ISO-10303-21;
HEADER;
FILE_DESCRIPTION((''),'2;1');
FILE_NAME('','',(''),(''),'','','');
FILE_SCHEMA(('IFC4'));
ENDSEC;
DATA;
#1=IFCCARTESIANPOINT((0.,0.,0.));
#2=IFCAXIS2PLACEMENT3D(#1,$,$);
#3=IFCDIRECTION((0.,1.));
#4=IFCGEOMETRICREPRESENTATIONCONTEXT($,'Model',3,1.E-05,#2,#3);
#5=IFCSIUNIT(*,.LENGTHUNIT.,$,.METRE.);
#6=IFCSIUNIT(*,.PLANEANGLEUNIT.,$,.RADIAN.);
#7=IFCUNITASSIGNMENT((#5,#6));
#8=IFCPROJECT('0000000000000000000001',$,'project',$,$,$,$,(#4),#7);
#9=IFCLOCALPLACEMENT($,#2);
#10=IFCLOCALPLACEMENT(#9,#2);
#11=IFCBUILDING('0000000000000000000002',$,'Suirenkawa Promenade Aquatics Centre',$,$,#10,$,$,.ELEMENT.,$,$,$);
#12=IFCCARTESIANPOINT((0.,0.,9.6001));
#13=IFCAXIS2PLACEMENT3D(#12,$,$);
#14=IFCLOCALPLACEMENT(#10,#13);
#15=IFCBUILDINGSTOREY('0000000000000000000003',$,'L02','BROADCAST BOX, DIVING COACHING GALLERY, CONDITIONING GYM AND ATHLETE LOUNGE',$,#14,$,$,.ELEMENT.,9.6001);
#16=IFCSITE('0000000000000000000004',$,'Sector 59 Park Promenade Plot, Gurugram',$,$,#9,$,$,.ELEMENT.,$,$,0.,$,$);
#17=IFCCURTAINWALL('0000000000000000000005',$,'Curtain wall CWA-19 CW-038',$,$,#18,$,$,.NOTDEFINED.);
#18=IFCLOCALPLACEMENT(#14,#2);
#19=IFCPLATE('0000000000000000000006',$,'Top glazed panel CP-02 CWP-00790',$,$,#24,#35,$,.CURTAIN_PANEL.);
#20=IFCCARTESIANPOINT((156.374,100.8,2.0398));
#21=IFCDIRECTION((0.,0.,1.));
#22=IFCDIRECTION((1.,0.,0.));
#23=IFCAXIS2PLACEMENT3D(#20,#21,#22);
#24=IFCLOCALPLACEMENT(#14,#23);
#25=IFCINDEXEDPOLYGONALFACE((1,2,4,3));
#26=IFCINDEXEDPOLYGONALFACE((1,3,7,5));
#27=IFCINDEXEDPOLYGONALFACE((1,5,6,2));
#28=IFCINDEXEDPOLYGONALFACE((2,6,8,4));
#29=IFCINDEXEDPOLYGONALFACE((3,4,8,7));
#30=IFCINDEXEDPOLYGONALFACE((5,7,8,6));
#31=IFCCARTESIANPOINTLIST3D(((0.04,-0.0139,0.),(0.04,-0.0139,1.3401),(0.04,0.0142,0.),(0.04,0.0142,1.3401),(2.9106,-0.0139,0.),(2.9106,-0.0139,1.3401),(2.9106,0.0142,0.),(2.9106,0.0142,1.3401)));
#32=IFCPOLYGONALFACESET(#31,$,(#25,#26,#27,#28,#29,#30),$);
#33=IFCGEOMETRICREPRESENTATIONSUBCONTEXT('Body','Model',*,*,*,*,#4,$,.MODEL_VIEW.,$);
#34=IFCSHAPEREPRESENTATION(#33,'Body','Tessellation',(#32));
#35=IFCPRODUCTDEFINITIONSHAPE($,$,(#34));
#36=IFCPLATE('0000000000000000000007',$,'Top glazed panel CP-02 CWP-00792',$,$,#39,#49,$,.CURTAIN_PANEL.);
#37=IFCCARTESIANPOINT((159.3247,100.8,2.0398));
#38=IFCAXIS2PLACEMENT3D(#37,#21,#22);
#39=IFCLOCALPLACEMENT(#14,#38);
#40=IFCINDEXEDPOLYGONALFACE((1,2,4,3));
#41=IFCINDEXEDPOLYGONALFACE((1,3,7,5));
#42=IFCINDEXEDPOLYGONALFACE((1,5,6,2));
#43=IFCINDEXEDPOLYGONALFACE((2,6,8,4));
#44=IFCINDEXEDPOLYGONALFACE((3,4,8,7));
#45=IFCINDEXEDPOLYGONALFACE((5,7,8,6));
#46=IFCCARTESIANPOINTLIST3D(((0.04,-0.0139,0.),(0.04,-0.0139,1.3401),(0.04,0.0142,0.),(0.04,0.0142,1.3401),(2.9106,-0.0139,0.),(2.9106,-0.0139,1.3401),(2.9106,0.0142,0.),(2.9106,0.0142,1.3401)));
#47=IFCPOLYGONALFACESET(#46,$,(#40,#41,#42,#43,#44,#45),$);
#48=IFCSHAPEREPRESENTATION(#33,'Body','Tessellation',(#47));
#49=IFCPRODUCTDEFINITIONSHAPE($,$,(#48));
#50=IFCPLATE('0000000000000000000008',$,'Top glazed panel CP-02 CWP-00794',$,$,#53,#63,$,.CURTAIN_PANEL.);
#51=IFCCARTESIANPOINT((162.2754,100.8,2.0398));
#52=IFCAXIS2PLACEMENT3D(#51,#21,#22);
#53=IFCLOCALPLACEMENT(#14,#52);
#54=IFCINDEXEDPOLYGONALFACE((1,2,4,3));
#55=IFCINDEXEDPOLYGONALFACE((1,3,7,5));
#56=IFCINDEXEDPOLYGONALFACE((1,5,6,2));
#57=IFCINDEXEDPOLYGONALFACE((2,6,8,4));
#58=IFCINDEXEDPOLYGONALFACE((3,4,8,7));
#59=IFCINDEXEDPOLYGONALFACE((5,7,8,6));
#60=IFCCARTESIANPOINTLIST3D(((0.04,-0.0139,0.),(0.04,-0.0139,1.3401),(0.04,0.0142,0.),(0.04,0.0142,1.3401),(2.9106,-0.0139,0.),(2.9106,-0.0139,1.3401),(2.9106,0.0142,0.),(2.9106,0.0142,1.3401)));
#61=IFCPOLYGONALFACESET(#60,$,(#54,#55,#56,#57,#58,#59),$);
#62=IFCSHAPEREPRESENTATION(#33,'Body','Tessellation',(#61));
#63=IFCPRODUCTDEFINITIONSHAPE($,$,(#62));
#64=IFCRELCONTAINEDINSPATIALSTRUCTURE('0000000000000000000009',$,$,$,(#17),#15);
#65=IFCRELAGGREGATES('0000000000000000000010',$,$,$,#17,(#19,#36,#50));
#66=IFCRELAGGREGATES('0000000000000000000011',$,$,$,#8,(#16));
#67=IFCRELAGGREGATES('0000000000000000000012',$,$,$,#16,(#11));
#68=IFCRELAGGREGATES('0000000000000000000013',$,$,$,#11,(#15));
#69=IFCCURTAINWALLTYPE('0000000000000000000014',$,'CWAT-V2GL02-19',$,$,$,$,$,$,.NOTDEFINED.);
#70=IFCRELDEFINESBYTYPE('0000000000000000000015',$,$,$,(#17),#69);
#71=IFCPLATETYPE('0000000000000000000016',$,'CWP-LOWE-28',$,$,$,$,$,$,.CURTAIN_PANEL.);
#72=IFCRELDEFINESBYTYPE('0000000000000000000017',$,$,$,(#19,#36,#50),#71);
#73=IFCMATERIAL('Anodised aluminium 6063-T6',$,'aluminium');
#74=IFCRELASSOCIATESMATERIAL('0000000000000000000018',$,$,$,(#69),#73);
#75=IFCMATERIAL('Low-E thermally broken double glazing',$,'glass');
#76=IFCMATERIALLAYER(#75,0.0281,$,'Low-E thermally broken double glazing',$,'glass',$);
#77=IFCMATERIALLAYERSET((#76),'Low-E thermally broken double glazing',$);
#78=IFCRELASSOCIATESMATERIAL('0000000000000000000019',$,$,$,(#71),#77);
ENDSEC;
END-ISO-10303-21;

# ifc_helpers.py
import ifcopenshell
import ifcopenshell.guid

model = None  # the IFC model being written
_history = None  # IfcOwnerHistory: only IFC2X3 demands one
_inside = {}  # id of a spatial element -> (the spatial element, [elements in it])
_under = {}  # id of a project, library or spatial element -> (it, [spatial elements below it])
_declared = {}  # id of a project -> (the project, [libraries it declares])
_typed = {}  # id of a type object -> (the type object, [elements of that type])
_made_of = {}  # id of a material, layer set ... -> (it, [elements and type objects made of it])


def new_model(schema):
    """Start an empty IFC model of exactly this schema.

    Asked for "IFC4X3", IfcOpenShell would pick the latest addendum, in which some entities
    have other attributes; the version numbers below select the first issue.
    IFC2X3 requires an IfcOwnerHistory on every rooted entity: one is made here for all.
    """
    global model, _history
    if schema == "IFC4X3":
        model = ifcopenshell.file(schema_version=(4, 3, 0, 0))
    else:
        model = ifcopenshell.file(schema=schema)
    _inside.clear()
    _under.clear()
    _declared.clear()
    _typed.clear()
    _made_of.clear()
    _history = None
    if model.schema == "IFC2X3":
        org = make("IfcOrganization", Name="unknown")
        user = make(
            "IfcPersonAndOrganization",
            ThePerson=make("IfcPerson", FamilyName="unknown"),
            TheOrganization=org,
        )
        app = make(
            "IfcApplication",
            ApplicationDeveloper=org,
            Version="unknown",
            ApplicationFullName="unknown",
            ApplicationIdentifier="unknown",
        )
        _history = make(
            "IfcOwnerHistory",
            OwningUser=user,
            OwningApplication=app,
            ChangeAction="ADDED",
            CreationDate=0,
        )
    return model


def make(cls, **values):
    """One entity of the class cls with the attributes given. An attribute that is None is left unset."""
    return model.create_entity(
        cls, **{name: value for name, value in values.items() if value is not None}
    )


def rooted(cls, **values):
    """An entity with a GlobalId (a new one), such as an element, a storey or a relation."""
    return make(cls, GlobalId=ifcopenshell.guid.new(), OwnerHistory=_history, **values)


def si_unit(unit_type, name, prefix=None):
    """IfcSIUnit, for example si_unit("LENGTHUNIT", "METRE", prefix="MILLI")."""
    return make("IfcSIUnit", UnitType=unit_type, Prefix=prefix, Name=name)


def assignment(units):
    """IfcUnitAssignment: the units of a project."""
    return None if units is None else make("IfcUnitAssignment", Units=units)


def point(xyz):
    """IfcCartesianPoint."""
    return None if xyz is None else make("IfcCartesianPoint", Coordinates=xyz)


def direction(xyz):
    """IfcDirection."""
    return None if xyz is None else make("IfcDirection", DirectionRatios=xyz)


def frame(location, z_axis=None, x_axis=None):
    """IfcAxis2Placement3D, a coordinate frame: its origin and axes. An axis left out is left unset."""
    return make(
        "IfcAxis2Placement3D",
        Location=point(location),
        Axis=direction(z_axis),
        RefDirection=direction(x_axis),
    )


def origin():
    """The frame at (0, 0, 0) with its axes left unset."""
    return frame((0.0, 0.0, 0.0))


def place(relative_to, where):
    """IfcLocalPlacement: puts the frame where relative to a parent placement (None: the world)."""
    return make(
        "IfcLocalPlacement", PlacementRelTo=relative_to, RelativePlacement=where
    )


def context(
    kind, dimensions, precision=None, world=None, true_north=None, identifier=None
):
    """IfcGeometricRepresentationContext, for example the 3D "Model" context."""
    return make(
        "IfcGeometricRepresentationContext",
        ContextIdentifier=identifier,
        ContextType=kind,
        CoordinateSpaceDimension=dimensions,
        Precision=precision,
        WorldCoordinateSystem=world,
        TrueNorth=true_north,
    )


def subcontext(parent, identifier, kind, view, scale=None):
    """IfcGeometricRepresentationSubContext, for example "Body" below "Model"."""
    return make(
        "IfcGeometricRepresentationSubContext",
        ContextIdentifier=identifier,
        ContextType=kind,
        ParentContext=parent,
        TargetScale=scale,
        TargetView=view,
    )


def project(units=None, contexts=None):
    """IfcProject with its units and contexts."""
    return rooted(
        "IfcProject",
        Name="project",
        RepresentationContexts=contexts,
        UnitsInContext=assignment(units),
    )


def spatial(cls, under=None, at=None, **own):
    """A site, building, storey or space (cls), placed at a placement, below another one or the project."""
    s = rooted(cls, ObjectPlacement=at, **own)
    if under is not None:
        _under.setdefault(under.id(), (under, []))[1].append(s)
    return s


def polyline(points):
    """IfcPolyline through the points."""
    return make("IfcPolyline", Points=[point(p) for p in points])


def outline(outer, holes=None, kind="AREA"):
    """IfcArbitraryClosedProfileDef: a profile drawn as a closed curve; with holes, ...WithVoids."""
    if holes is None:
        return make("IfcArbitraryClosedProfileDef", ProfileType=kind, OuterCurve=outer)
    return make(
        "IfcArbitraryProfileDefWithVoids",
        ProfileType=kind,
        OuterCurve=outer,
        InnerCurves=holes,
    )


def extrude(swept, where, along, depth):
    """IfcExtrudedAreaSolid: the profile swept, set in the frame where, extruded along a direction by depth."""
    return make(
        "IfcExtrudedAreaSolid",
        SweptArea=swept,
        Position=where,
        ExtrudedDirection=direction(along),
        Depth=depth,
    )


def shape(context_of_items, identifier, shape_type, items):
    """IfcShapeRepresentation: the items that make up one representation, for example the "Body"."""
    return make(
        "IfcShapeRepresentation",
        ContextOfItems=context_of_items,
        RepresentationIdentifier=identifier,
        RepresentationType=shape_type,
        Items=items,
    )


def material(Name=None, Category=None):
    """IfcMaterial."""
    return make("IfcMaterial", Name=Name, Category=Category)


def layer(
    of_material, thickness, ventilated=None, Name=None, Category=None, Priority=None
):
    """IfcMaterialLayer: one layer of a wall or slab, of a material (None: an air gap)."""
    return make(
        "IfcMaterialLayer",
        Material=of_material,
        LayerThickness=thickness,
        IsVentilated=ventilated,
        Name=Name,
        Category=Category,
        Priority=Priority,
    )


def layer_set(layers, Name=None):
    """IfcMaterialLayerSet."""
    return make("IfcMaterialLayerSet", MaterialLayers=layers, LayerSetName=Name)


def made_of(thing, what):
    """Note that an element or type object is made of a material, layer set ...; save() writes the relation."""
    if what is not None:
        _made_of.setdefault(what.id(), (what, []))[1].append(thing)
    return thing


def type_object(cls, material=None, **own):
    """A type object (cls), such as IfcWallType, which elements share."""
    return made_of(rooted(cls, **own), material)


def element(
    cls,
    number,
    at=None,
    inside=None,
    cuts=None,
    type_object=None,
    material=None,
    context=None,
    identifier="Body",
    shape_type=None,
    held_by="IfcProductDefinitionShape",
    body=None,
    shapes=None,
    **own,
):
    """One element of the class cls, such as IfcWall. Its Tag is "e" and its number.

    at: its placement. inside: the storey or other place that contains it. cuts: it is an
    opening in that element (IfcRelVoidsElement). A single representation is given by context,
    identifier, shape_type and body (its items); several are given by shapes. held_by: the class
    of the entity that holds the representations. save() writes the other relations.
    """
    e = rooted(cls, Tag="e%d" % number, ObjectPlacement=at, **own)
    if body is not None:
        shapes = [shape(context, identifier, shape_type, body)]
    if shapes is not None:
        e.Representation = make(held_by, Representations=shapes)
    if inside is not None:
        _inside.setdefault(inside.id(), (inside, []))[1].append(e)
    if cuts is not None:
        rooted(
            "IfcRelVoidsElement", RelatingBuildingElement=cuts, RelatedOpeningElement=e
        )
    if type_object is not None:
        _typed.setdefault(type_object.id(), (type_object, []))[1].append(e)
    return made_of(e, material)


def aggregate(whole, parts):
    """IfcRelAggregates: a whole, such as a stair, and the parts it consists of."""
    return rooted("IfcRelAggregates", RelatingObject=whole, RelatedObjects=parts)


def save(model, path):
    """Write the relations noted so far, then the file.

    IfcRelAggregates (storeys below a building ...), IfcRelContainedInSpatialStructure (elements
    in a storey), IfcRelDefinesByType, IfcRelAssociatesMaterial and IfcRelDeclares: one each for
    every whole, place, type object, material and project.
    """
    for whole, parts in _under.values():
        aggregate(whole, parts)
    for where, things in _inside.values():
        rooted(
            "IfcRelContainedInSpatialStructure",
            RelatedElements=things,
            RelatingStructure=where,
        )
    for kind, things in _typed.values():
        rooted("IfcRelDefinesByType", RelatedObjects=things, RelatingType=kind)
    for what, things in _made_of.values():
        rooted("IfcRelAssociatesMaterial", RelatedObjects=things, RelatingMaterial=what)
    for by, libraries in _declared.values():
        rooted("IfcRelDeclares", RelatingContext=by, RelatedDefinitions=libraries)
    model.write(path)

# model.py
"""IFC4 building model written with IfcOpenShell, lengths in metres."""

from ifc_helpers import new_model, si_unit, direction, frame, origin, place, context, subcontext, project, spatial, polyline, outline, extrude, material, layer, layer_set, type_object, element, aggregate, save


model = new_model("IFC4")

# Units and contexts
model_context = context("Model", 3, precision=1e-05, world=origin(), true_north=direction((0.0, 1.0)))
body_context = subcontext(model_context, "Body", "Model", "MODEL_VIEW")
ifc_project = project(units=[si_unit("LENGTHUNIT", "METRE"), si_unit("PLANEANGLEUNIT", "RADIAN")], contexts=[model_context])

# Site, building, storey
site_placement = place(None, origin())
site = spatial("IfcSite", under=ifc_project, at=site_placement, Name="Sector 59 Park Promenade Plot, Gurugram", CompositionType="ELEMENT", RefElevation=0.0)
building_placement = place(site_placement, origin())
building = spatial("IfcBuilding", under=site, at=building_placement, Name="Suirenkawa Promenade Aquatics Centre", CompositionType="ELEMENT")
storey_placement = place(building_placement, frame((0.0, 0.0, 9.6001)))
storey = spatial("IfcBuildingStorey", under=building, at=storey_placement, Name="L02", Description="BROADCAST BOX, DIVING COACHING GALLERY, CONDITIONING GYM AND ATHLETE LOUNGE", CompositionType="ELEMENT", Elevation=9.6001)

# Curtain wall, plates
ifc_material_1 = material(Name="Anodised aluminium 6063-T6", Category="aluminium")
curtain_wall_type = type_object("IfcCurtainWallType", Name="CWAT-V2GL02-19", PredefinedType="NOTDEFINED", material=ifc_material_1)
curtain_wall_placement = place(storey_placement, origin())
curtain_wall = element("IfcCurtainWall", 1, at=curtain_wall_placement, inside=storey, type_object=curtain_wall_type, Name="Curtain wall CWA-19 CW-038", PredefinedType="NOTDEFINED")
ifc_material_2 = material(Name="Low-E thermally broken double glazing", Category="glass")
ifc_layer_1 = layer(ifc_material_2, 0.0281, Name="Low-E thermally broken double glazing", Category="glass")
ifc_layer_set_1 = layer_set([ifc_layer_1], Name="Low-E thermally broken double glazing")
plate_type = type_object("IfcPlateType", Name="CWP-LOWE-28", PredefinedType="CURTAIN_PANEL", material=ifc_layer_set_1)
plate_1_placement = place(storey_placement, frame((156.374, 100.8, 2.0398), z_axis=(0.0, 0.0, 1.0), x_axis=(1.0, 0.0, 0.0)))
plate_1 = element("IfcPlate", 2, at=plate_1_placement, type_object=plate_type, Name="Top glazed panel CP-02 CWP-00790", PredefinedType="CURTAIN_PANEL", context=body_context, shape_type="SweptSolid", body=[
    extrude(outline(polyline([(0.04, 0.0), (2.9106, 0.0), (2.9106, 1.3401), (0.04, 1.3401), (0.04, 0.0)])), frame((0.0, 0.0142, 0.0), z_axis=(0.0, -1.0, 0.0), x_axis=(1.0, 0.0, 0.0)), (0.0, 0.0, 1.0), 0.0281),
])
plate_2_placement = place(storey_placement, frame((159.3247, 100.8, 2.0398), z_axis=(0.0, 0.0, 1.0), x_axis=(1.0, 0.0, 0.0)))
plate_2 = element("IfcPlate", 3, at=plate_2_placement, type_object=plate_type, Name="Top glazed panel CP-02 CWP-00792", PredefinedType="CURTAIN_PANEL", context=body_context, shape_type="SweptSolid", body=[
    extrude(outline(polyline([(0.04, 0.0), (2.9106, 0.0), (2.9106, 1.3401), (0.04, 1.3401), (0.04, 0.0)])), frame((0.0, 0.0142, 0.0), z_axis=(0.0, -1.0, 0.0), x_axis=(1.0, 0.0, 0.0)), (0.0, 0.0, 1.0), 0.0281),
])
plate_3_placement = place(storey_placement, frame((162.2754, 100.8, 2.0398), z_axis=(0.0, 0.0, 1.0), x_axis=(1.0, 0.0, 0.0)))
plate_3 = element("IfcPlate", 4, at=plate_3_placement, type_object=plate_type, Name="Top glazed panel CP-02 CWP-00794", PredefinedType="CURTAIN_PANEL", context=body_context, shape_type="SweptSolid", body=[
    extrude(outline(polyline([(0.04, 0.0), (2.9106, 0.0), (2.9106, 1.3401), (0.04, 1.3401), (0.04, 0.0)])), frame((0.0, 0.0142, 0.0), z_axis=(0.0, -1.0, 0.0), x_axis=(1.0, 0.0, 0.0)), (0.0, 0.0, 1.0), 0.0281),
])
aggregate(curtain_wall, [plate_1, plate_2, plate_3])

save(model, "model.ifc")
